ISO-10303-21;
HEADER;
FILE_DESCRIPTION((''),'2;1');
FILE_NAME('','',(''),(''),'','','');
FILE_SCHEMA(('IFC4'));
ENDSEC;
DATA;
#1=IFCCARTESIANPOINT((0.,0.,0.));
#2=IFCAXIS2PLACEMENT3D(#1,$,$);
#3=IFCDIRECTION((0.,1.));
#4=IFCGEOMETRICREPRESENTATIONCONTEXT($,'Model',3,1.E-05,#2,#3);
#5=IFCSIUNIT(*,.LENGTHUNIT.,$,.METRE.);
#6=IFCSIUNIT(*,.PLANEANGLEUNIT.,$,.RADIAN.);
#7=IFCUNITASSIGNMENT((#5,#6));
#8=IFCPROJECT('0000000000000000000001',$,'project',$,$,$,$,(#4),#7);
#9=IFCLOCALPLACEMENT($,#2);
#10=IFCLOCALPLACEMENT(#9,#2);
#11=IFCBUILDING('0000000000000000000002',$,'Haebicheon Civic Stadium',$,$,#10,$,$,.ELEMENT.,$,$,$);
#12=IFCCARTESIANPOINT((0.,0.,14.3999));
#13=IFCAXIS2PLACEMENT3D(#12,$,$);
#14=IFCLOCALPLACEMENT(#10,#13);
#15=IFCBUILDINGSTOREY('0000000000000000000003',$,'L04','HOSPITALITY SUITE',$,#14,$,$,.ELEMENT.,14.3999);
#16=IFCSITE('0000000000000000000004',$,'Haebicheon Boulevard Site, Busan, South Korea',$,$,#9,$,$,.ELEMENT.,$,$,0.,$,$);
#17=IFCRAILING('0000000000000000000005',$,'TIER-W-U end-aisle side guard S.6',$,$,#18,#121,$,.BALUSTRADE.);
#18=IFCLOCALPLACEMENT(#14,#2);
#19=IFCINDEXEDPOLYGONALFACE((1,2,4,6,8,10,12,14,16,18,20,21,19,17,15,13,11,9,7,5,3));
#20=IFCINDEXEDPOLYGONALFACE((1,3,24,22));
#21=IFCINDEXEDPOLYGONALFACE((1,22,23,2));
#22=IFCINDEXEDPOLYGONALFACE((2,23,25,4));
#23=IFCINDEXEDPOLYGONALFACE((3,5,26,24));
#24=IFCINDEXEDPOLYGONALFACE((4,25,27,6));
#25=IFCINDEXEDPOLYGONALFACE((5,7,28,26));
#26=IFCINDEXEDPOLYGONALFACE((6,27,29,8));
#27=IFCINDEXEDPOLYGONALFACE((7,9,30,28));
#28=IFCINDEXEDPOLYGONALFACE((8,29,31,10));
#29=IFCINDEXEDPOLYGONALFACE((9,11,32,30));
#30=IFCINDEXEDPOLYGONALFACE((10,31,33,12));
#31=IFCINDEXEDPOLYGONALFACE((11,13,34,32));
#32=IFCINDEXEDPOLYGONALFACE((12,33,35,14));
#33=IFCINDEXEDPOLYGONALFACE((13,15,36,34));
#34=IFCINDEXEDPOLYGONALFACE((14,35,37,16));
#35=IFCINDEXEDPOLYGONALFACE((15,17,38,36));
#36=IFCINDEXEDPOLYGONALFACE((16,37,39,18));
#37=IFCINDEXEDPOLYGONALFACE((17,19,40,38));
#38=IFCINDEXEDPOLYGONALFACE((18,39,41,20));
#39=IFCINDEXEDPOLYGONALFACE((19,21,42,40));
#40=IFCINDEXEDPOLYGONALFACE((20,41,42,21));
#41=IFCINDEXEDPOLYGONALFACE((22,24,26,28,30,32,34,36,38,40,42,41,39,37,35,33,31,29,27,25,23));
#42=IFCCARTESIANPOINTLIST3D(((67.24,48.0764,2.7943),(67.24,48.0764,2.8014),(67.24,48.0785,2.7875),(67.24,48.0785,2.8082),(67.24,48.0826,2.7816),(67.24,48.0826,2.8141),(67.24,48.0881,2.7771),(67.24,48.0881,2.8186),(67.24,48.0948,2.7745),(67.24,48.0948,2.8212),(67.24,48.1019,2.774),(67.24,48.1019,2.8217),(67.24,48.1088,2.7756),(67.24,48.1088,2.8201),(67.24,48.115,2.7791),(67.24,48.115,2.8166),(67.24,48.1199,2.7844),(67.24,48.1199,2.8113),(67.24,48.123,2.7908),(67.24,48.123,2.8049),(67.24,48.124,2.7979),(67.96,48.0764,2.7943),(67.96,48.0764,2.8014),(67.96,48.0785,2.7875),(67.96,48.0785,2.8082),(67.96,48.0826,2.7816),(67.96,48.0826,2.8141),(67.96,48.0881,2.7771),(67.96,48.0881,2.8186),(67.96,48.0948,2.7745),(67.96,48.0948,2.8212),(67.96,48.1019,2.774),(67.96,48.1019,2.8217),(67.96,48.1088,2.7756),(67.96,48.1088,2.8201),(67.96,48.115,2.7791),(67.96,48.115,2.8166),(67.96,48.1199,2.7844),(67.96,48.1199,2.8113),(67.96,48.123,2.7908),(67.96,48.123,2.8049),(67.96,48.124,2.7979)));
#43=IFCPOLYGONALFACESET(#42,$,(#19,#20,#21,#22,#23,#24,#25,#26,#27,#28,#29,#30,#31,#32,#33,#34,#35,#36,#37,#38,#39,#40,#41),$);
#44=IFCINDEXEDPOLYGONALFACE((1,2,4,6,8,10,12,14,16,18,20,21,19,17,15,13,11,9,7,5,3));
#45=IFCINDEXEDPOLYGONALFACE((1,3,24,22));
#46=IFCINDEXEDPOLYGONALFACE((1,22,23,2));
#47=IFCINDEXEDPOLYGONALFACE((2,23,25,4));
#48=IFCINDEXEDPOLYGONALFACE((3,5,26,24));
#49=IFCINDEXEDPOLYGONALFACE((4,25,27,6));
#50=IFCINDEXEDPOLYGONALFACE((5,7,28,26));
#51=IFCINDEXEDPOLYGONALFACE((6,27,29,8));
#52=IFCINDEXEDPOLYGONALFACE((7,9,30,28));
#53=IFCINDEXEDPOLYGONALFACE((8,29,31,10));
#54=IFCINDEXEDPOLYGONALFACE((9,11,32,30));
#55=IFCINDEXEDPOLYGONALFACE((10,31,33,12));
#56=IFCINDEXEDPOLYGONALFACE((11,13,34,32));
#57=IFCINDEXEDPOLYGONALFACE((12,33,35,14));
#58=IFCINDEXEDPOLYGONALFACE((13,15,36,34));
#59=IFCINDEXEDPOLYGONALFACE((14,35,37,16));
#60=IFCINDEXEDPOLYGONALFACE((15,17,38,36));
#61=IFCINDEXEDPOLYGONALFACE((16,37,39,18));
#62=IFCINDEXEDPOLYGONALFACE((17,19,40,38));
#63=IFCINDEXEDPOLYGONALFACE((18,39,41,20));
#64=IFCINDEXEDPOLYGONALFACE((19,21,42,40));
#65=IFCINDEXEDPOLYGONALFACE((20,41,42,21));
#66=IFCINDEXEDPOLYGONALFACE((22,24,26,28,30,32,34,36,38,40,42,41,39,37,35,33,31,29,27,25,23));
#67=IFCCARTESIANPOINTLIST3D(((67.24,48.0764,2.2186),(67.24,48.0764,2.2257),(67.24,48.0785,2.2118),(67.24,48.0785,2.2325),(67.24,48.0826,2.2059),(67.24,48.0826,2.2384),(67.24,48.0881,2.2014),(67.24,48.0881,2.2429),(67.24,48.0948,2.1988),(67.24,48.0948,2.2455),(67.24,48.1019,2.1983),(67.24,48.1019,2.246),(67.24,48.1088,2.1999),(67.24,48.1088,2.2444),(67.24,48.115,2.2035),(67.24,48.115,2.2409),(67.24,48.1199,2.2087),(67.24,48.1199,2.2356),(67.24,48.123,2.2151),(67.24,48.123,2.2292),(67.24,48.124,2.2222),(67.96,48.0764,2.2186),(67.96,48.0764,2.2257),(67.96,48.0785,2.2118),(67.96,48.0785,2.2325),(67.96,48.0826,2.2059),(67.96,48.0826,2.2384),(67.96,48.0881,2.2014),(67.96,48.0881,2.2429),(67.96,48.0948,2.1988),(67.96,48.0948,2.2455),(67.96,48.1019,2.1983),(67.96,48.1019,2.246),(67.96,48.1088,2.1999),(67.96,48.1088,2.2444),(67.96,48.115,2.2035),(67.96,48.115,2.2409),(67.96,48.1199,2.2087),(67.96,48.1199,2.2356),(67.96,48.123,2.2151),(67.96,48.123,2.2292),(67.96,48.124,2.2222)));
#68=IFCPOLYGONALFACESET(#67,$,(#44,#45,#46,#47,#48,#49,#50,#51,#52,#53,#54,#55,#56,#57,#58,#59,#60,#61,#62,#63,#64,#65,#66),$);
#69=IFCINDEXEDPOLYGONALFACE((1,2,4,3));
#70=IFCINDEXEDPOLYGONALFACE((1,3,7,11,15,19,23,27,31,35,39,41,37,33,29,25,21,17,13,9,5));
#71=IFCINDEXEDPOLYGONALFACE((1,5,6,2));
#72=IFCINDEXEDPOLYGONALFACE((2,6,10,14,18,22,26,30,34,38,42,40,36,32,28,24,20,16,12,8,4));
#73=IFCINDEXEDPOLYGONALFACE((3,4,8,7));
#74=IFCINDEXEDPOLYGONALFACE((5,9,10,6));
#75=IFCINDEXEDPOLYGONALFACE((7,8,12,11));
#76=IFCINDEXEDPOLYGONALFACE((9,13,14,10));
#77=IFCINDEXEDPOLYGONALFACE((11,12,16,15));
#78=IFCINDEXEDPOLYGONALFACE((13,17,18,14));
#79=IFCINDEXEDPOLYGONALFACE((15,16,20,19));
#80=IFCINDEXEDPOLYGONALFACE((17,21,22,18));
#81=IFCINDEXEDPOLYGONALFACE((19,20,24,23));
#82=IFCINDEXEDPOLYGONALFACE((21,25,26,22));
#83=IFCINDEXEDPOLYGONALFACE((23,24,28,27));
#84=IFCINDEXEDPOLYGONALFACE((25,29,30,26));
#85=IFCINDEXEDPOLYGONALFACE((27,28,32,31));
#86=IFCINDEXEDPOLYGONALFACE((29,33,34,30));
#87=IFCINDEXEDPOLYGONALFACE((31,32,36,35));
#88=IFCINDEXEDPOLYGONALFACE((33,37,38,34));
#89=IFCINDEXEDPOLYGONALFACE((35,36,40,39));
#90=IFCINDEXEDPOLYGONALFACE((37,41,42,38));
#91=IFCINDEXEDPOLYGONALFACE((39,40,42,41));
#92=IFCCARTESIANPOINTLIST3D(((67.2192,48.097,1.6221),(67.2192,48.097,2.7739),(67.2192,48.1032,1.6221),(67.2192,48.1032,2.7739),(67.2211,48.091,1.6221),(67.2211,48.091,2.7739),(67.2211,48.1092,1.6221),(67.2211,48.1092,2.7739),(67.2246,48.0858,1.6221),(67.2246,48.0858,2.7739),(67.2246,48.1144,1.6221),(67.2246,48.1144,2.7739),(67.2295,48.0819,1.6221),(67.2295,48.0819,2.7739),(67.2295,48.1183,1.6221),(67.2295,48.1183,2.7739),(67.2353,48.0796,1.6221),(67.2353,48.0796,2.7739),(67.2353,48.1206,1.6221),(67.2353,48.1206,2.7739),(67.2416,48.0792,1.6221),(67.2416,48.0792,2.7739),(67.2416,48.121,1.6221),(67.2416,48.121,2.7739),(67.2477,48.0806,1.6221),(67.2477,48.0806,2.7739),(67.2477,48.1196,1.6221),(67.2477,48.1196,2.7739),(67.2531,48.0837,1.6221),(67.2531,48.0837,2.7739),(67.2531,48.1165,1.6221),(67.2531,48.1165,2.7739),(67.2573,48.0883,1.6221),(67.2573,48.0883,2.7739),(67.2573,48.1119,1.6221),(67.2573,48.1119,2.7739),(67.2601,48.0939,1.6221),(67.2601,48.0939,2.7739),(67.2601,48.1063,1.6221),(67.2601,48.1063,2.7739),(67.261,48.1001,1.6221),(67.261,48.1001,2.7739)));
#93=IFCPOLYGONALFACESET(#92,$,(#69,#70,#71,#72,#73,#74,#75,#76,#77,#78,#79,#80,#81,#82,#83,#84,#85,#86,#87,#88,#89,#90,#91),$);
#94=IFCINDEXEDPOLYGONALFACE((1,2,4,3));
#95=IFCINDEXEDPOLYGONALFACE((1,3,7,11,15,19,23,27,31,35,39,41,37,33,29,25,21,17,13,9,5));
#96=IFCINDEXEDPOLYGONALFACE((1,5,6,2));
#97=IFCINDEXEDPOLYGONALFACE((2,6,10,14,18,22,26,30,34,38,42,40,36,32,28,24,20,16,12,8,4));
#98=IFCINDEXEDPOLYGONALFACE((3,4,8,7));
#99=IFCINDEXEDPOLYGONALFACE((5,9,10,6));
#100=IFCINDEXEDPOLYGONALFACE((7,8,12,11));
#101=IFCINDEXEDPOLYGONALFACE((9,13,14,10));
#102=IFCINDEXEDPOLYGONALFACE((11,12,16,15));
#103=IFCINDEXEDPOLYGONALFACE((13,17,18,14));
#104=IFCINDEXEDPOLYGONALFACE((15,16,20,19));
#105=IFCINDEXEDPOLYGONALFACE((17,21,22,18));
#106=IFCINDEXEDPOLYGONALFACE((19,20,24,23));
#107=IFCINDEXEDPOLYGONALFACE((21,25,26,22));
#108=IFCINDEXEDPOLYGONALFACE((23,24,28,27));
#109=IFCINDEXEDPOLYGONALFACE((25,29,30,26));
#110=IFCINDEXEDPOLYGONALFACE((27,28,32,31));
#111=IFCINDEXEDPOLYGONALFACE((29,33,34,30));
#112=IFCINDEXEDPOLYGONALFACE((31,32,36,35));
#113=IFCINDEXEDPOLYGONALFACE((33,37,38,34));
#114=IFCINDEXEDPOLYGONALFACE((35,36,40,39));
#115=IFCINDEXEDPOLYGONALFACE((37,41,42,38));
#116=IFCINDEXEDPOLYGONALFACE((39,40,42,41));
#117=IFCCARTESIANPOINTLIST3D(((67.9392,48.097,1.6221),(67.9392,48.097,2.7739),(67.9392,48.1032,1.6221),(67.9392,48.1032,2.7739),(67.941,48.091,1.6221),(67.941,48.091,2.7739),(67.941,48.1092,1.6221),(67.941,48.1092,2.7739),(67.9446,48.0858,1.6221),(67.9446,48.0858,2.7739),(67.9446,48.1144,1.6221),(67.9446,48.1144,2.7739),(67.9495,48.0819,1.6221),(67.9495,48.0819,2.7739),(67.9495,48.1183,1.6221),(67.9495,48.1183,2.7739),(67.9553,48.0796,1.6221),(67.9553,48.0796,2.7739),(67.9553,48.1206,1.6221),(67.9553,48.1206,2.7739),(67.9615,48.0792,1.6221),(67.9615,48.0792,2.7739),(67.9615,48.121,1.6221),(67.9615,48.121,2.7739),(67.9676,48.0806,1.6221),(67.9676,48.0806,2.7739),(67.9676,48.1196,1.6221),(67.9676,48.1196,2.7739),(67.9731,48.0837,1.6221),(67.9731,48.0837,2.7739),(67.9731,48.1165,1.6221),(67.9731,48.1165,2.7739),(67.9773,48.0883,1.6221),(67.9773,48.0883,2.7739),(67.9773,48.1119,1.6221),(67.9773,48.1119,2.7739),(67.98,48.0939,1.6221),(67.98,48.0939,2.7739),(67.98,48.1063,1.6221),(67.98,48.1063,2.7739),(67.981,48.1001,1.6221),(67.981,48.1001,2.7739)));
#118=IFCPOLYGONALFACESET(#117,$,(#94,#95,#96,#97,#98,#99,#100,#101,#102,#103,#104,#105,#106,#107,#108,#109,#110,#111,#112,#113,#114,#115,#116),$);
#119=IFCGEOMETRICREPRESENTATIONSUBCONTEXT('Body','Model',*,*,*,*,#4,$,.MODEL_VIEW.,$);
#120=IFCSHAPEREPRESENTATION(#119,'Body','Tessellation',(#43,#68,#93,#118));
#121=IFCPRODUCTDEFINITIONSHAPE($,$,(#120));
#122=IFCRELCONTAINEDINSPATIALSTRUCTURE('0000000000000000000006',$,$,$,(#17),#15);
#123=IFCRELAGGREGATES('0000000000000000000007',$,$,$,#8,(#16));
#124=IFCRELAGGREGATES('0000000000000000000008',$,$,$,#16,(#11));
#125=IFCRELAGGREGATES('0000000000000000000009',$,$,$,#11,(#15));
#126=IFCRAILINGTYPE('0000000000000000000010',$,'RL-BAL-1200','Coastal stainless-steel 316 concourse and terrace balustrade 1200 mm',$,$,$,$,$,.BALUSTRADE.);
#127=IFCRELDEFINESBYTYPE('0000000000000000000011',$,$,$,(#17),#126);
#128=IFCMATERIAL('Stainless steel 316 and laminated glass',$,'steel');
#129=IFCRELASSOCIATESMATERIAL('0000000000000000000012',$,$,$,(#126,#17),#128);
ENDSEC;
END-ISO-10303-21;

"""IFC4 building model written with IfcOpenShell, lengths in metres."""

from ifc_helpers import new_model, si_unit, direction, frame, origin, origin_2d, place, context, subcontext, project, spatial, circle, extrude, material, type_object, element, save


model = new_model("IFC4")

# Units and contexts
model_context = context("Model", 3, precision=1e-05, world=origin(), true_north=direction((0.0, 1.0)))
body_context = subcontext(model_context, "Body", "Model", "MODEL_VIEW")
ifc_project = project(units=[si_unit("LENGTHUNIT", "METRE"), si_unit("PLANEANGLEUNIT", "RADIAN")], contexts=[model_context])

# Site, building, storey
site_placement = place(None, origin())
site = spatial("IfcSite", under=ifc_project, at=site_placement, Name="Haebicheon Boulevard Site, Busan, South Korea", CompositionType="ELEMENT", RefElevation=0.0)
building_placement = place(site_placement, origin())
building = spatial("IfcBuilding", under=site, at=building_placement, Name="Haebicheon Civic Stadium", CompositionType="ELEMENT")
storey_placement = place(building_placement, frame((0.0, 0.0, 14.3999)))
storey = spatial("IfcBuildingStorey", under=building, at=storey_placement, Name="L04", Description="HOSPITALITY SUITE", CompositionType="ELEMENT", Elevation=14.3999)

# Railing
ifc_material_1 = material(Name="Stainless steel 316 and laminated glass", Category="steel")
railing_type = type_object("IfcRailingType", Name="RL-BAL-1200", Description="Coastal stainless-steel 316 concourse and terrace balustrade 1200 mm", PredefinedType="BALUSTRADE", material=ifc_material_1)
for number, where, name in (
    (1, (67.24, 48.1001, 1.6221), "TIER-W-U end-aisle side guard S.6"),
):
    element("IfcRailing", number, at=place(storey_placement, frame(where)), inside=storey, type_object=railing_type, material=ifc_material_1, Name=name, PredefinedType="BALUSTRADE", context=body_context, shape_type="SweptSolid", body=[
        extrude(circle(Radius=0.0239, at=origin_2d()), frame((0.0, 0.0, 1.1758), z_axis=(1.0, 0.0, 0.0), x_axis=(0.0, 1.0, 0.0)), (0.0, 0.0, 1.0), 0.72),
        extrude(circle(Radius=0.0239, at=origin_2d()), frame((0.0, 0.0, 0.6001), z_axis=(1.0, 0.0, 0.0), x_axis=(0.0, 1.0, 0.0)), (0.0, 0.0, 1.0), 0.72),
        extrude(circle(Radius=0.021, at=origin_2d()), origin(), (0.0, 0.0, 1.0), 1.1519),
        extrude(circle(Radius=0.021, at=origin_2d()), frame((0.72, 0.0, 0.0)), (0.0, 0.0, 1.0), 1.1519),
    ])

save(model, "model.ifc")
